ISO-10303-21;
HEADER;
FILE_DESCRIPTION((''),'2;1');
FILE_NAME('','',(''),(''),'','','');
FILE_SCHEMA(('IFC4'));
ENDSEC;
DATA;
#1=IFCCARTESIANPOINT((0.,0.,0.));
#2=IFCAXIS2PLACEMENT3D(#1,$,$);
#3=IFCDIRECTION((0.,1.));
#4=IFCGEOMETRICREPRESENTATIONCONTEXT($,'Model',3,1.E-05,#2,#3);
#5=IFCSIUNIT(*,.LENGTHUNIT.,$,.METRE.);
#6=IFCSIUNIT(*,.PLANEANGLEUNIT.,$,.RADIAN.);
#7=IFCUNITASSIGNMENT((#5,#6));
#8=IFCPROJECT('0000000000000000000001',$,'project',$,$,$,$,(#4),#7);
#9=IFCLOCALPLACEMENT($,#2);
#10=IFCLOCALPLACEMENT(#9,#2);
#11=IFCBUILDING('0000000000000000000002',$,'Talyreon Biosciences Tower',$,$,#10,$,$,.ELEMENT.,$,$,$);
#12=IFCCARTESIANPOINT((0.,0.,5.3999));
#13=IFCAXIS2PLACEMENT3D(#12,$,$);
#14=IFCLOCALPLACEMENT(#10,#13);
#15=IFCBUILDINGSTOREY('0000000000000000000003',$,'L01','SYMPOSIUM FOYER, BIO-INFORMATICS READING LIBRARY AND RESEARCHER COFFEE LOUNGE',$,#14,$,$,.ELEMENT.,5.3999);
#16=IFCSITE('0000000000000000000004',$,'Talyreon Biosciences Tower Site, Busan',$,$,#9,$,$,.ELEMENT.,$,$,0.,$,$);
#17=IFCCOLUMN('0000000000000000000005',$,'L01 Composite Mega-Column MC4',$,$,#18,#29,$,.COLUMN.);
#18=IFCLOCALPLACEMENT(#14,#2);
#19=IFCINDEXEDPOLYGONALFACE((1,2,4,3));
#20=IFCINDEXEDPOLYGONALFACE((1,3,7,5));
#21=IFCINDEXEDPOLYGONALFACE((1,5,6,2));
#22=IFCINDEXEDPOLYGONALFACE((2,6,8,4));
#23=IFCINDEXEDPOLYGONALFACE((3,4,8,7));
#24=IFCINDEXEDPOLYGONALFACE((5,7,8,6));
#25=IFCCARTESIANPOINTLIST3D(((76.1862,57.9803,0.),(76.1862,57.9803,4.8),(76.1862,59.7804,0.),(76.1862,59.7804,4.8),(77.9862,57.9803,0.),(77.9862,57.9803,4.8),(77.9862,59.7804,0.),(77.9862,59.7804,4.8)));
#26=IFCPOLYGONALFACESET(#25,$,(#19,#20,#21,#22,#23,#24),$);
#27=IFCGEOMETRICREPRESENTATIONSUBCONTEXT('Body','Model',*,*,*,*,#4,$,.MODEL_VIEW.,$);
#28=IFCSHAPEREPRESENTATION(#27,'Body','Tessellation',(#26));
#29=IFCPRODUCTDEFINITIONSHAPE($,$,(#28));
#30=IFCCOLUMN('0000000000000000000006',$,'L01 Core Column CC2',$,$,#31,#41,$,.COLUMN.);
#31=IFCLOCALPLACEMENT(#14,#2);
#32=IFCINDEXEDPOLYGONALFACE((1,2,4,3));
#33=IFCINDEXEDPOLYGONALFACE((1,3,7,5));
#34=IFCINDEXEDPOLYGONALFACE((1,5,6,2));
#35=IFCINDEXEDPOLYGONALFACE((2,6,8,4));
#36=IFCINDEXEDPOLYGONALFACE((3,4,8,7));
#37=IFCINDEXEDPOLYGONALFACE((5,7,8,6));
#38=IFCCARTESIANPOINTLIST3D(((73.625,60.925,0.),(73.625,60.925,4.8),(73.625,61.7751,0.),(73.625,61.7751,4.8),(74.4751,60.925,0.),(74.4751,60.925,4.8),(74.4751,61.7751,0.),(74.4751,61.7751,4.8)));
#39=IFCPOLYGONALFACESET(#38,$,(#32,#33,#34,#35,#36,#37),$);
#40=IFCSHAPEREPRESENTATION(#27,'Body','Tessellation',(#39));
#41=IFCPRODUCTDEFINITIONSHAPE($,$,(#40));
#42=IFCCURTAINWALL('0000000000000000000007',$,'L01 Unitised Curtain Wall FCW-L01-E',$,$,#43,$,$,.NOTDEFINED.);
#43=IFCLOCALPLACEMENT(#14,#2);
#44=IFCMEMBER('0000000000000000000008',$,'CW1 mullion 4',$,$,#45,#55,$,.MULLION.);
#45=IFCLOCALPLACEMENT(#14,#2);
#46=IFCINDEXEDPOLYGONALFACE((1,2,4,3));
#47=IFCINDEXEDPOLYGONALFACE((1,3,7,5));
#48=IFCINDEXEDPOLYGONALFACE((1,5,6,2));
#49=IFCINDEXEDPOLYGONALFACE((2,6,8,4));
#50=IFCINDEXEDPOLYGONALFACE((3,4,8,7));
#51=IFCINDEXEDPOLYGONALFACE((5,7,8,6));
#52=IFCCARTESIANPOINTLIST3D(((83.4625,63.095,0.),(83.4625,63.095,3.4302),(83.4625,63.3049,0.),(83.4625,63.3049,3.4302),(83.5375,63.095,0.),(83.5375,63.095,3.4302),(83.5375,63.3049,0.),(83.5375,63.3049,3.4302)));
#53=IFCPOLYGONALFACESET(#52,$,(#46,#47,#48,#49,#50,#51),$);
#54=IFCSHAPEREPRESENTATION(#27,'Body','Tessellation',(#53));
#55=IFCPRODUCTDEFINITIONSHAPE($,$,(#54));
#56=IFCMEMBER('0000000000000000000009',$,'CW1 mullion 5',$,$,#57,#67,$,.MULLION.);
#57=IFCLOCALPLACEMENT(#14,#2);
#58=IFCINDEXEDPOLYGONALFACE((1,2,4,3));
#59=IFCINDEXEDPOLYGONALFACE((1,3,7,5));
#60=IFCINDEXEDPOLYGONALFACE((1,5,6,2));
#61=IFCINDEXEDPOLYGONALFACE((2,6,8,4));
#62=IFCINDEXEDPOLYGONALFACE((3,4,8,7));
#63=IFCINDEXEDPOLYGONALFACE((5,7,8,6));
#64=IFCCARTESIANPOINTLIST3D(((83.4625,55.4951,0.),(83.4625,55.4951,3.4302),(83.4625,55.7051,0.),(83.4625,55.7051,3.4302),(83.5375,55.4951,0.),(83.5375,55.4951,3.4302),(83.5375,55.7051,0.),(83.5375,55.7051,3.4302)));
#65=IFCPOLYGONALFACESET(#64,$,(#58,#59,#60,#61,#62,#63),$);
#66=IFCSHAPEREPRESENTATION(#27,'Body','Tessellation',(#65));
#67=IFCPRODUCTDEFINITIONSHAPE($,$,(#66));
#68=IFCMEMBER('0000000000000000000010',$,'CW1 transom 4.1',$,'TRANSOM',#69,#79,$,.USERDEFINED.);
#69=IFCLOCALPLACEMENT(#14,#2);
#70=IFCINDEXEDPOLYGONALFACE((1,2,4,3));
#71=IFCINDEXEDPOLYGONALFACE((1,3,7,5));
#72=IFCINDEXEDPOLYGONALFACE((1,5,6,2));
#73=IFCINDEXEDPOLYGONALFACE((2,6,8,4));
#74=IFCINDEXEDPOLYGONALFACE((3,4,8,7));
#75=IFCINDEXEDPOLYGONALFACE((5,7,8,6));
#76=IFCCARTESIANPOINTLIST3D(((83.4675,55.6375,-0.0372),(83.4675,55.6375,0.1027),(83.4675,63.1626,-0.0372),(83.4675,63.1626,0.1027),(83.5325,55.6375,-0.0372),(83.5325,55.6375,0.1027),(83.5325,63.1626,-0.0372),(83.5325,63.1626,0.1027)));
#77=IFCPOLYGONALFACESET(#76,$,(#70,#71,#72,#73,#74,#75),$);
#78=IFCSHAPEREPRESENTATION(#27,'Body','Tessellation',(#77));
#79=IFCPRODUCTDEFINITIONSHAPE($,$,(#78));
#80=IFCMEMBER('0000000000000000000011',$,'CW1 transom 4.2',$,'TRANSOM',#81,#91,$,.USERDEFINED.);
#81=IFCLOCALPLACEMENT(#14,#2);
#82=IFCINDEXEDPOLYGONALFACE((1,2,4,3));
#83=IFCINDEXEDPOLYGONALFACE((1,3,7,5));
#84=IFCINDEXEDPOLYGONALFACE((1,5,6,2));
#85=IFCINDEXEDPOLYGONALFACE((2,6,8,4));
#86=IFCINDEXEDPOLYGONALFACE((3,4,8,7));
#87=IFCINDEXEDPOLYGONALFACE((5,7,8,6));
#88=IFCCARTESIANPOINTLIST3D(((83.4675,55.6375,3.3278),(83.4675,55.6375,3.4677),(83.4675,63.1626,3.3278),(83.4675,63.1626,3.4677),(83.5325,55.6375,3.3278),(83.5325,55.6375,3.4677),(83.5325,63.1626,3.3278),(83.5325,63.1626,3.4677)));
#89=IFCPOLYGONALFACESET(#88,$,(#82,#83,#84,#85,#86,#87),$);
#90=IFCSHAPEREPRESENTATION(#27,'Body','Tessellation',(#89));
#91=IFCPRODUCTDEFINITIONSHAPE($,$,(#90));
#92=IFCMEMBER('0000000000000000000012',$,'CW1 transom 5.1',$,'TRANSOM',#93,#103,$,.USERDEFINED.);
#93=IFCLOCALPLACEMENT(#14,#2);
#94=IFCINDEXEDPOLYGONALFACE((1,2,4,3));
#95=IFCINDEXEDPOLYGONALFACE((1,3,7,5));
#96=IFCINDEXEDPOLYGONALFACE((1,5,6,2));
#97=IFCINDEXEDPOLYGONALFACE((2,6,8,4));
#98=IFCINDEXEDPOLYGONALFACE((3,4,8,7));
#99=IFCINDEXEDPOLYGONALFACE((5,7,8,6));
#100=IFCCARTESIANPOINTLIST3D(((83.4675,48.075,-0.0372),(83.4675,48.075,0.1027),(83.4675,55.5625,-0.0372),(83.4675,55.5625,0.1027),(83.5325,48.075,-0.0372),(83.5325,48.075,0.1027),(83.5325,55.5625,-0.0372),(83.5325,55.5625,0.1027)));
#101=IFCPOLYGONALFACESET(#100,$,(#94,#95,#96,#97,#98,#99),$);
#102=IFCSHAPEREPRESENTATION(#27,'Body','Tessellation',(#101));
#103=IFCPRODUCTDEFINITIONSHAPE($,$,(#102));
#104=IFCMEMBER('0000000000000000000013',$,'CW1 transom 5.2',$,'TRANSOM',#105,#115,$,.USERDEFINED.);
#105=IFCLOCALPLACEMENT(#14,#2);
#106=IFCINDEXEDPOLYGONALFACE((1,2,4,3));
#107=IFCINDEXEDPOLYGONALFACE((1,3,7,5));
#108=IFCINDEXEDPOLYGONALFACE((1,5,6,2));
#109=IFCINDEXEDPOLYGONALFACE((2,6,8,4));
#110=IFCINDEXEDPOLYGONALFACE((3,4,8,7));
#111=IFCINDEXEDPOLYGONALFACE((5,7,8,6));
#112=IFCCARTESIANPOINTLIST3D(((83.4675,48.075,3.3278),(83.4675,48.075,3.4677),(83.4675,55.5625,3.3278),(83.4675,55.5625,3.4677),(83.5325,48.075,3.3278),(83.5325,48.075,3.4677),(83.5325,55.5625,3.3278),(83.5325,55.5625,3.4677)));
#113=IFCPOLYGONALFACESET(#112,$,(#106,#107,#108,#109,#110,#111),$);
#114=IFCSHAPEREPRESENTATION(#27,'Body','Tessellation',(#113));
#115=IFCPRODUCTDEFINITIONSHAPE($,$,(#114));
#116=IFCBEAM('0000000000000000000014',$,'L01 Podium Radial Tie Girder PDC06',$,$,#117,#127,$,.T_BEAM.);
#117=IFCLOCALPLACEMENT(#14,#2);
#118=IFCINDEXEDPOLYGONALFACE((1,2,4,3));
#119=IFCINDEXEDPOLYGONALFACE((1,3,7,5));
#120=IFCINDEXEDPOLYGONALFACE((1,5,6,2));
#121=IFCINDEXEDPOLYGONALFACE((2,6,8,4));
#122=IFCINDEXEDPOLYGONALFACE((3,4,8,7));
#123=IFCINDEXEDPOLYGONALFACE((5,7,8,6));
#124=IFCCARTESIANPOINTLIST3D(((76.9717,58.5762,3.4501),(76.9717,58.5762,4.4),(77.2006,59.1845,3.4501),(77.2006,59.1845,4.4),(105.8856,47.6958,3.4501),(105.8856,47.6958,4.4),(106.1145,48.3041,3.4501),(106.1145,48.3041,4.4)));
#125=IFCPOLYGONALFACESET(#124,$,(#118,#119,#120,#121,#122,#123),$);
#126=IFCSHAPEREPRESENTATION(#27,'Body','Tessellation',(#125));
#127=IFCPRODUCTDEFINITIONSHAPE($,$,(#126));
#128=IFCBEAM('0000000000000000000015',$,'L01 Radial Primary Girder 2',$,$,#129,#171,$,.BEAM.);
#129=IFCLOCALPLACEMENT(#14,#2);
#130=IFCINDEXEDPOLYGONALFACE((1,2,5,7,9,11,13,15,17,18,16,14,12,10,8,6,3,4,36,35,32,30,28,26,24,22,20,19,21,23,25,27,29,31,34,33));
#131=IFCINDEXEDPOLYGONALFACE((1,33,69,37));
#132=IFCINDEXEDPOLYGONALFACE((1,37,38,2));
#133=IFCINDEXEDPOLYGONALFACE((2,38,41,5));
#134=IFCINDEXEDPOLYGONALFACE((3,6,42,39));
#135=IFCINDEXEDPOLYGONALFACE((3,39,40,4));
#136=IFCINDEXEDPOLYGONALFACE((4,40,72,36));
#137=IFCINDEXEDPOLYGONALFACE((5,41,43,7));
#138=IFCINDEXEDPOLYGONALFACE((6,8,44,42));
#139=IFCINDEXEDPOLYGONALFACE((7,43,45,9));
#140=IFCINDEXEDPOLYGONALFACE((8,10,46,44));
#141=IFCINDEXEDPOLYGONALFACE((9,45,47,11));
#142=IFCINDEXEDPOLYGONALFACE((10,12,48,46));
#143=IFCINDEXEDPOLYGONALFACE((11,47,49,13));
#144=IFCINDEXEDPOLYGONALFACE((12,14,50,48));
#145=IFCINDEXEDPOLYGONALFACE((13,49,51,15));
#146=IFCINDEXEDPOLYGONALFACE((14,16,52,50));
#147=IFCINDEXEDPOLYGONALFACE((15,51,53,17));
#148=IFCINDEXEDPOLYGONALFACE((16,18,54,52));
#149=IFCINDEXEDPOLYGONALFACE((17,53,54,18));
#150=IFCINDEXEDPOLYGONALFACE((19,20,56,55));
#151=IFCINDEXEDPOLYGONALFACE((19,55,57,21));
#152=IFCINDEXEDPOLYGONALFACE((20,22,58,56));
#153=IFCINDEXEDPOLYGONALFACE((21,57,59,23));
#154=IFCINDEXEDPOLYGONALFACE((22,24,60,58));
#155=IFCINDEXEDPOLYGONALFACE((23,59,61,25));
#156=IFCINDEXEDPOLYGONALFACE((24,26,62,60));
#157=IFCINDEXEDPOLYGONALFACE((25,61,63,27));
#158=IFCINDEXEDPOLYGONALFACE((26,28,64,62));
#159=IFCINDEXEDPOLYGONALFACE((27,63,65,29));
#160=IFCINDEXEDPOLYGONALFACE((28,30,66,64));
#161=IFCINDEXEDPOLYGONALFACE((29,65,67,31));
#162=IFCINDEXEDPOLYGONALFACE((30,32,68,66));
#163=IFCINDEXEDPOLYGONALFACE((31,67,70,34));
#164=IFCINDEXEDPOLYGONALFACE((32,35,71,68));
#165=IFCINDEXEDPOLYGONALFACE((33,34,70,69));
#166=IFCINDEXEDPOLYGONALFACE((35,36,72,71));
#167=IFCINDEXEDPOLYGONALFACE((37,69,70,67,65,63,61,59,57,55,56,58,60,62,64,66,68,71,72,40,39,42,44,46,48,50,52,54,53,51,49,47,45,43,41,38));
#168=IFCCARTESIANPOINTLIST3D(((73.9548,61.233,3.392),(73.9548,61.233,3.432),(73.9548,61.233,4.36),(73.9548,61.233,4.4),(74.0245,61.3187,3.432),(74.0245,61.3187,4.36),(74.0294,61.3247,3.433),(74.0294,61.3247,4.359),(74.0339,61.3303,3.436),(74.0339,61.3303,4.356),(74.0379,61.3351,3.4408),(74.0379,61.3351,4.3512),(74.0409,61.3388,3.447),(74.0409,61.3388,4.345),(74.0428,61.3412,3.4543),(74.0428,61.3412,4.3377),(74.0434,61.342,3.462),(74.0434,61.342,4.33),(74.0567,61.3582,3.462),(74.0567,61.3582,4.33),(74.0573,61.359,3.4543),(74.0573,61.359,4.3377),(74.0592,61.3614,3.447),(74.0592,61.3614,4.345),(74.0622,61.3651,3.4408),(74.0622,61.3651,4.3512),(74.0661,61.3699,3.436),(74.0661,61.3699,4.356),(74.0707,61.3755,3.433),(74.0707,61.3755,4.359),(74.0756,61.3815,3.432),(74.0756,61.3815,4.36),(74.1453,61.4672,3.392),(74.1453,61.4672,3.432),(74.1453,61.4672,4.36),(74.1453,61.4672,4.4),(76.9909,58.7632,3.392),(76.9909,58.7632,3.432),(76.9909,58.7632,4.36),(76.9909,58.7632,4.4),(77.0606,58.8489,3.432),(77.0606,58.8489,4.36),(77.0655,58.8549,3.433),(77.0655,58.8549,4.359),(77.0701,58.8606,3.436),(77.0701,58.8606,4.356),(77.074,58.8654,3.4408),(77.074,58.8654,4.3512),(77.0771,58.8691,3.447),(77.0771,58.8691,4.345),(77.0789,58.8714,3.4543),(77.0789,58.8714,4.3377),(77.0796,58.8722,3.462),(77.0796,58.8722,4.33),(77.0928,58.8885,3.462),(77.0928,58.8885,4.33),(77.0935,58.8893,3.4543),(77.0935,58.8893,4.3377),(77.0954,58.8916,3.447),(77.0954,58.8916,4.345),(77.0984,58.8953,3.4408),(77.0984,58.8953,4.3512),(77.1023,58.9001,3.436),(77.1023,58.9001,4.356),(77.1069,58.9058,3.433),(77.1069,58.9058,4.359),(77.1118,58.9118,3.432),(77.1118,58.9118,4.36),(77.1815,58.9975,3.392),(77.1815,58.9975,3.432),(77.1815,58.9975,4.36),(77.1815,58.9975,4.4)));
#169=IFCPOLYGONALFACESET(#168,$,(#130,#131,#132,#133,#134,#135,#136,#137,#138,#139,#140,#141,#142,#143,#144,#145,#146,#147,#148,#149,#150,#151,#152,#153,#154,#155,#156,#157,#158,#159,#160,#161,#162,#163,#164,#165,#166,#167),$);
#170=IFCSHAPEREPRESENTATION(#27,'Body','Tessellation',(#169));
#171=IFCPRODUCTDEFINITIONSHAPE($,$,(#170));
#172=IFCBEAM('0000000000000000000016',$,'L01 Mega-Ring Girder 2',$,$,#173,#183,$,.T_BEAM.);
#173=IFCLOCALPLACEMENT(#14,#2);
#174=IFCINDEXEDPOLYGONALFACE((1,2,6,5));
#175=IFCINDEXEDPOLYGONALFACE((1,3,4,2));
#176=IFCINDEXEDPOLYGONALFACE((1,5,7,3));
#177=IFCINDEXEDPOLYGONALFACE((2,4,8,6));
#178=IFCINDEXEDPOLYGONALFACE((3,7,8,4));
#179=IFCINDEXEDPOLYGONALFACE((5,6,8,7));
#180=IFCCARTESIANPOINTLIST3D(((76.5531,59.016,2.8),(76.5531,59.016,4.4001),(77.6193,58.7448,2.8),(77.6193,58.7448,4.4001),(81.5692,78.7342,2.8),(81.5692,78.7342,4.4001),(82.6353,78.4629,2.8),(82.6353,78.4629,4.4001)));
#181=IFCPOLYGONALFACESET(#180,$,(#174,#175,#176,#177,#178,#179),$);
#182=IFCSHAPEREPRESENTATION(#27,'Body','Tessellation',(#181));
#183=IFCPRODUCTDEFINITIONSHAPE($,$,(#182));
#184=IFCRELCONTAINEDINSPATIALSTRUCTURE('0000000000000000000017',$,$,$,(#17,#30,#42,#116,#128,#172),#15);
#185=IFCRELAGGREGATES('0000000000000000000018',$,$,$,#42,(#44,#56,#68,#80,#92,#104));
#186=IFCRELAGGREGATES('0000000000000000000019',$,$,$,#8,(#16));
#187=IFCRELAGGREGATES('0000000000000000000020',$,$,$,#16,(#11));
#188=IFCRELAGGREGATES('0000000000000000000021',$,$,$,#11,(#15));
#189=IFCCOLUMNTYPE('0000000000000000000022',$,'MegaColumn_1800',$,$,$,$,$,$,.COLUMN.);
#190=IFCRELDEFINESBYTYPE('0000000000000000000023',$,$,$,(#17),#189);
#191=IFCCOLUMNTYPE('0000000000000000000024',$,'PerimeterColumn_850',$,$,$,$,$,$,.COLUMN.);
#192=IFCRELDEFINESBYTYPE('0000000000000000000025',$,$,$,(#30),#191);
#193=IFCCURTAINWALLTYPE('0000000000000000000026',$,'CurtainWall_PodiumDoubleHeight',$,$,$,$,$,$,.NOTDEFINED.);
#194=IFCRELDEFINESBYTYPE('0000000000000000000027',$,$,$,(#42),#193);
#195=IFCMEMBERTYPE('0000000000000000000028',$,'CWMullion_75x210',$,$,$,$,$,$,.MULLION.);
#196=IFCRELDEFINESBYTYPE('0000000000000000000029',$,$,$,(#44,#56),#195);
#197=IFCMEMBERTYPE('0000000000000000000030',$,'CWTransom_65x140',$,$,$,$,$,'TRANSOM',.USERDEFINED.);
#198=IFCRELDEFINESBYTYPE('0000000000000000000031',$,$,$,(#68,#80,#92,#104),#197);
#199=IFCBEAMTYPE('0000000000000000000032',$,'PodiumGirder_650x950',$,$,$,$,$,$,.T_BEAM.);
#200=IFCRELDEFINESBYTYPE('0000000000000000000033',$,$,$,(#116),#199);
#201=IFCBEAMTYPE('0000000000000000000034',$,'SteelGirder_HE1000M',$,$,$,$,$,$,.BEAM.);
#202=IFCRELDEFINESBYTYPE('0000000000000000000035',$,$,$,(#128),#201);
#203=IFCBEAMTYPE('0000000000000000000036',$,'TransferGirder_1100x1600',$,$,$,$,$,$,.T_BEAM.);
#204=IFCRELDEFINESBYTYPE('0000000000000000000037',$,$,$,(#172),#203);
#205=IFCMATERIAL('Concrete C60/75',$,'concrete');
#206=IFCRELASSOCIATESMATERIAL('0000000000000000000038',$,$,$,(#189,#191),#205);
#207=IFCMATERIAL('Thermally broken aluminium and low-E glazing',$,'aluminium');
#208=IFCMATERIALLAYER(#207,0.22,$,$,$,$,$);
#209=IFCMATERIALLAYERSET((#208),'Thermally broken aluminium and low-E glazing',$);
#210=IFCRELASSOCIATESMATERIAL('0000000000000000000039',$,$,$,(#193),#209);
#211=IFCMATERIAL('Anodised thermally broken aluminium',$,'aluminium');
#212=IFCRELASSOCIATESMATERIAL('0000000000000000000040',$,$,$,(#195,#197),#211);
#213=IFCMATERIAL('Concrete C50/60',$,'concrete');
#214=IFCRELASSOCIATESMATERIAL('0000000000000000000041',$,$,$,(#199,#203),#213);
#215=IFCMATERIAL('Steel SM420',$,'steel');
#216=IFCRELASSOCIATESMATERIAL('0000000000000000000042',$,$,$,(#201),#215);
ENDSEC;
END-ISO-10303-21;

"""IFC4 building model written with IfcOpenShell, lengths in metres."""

from ifc_helpers import new_model, si_unit, direction, frame, origin, origin_2d, place, context, subcontext, project, spatial, rectangle, i_section, extrude, material, layer, layer_set, material_profile, profile_set, type_object, element, aggregate, save


model = new_model("IFC4")

# Units and contexts
model_context = context("Model", 3, precision=1e-05, world=origin(), true_north=direction((0.0, 1.0)))
body_context = subcontext(model_context, "Body", "Model", "MODEL_VIEW")
ifc_project = project(units=[si_unit("LENGTHUNIT", "METRE"), si_unit("PLANEANGLEUNIT", "RADIAN")], contexts=[model_context])

# Site, building, storey
site_placement = place(None, origin())
site = spatial("IfcSite", under=ifc_project, at=site_placement, Name="Talyreon Biosciences Tower Site, Busan", CompositionType="ELEMENT", RefElevation=0.0)
building_placement = place(site_placement, origin())
building = spatial("IfcBuilding", under=site, at=building_placement, Name="Talyreon Biosciences Tower", CompositionType="ELEMENT")
storey_placement = place(building_placement, frame((0.0, 0.0, 5.3999)))
storey = spatial("IfcBuildingStorey", under=building, at=storey_placement, Name="L01", Description="SYMPOSIUM FOYER, BIO-INFORMATICS READING LIBRARY AND RESEARCHER COFFEE LOUNGE", CompositionType="ELEMENT", Elevation=5.3999)

# Columns
ifc_material_1 = material(Name="Concrete C60/75", Category="concrete")
ifc_material_profile_1 = material_profile(ifc_material_1, rectangle(XDim=1.8, YDim=1.8, at=origin_2d()), Name="RC 1800x1800")
ifc_profile_set_1 = profile_set([ifc_material_profile_1], Name="Concrete C60/75")
column_type_1 = type_object("IfcColumnType", Name="MegaColumn_1800", PredefinedType="COLUMN", material=ifc_profile_set_1)
column_1_placement = place(storey_placement, frame((77.0862, 58.8804, 0.0), z_axis=(0.0, 0.0, 1.0), x_axis=(1.0, 0.0, 0.0)))
element("IfcColumn", 1, at=column_1_placement, inside=storey, type_object=column_type_1, Name="L01 Composite Mega-Column MC4", PredefinedType="COLUMN", context=body_context, shape_type="SweptSolid", body=[
    extrude(rectangle(XDim=1.8, YDim=1.8, at=origin_2d()), origin(), (0.0, 0.0, 1.0), 4.8),
])
ifc_material_profile_2 = material_profile(ifc_material_1, rectangle(XDim=0.8501, YDim=0.8501, at=origin_2d()), Name="RC 850x850")
ifc_profile_set_2 = profile_set([ifc_material_profile_2], Name="Concrete C60/75")
column_type_2 = type_object("IfcColumnType", Name="PerimeterColumn_850", PredefinedType="COLUMN", material=ifc_profile_set_2)
column_2_placement = place(storey_placement, frame((74.05, 61.3501, 0.0), z_axis=(0.0, 0.0, 1.0), x_axis=(1.0, 0.0, 0.0)))
element("IfcColumn", 2, at=column_2_placement, inside=storey, type_object=column_type_2, Name="L01 Core Column CC2", PredefinedType="COLUMN", context=body_context, shape_type="SweptSolid", body=[
    extrude(rectangle(XDim=0.8501, YDim=0.8501, at=origin_2d()), origin(), (0.0, 0.0, 1.0), 4.8),
])

# Curtain wall, members
ifc_material_2 = material(Name="Thermally broken aluminium and low-E glazing", Category="aluminium")
ifc_layer_1 = layer(ifc_material_2, 0.22)
ifc_layer_set_1 = layer_set([ifc_layer_1], Name="Thermally broken aluminium and low-E glazing")
curtain_wall_type = type_object("IfcCurtainWallType", Name="CurtainWall_PodiumDoubleHeight", PredefinedType="NOTDEFINED", material=ifc_layer_set_1)
curtain_wall_placement = place(storey_placement, origin())
curtain_wall = element("IfcCurtainWall", 3, at=curtain_wall_placement, inside=storey, type_object=curtain_wall_type, Name="L01 Unitised Curtain Wall FCW-L01-E", PredefinedType="NOTDEFINED")
ifc_material_3 = material(Name="Anodised thermally broken aluminium", Category="aluminium")
ifc_material_profile_3 = material_profile(ifc_material_3, rectangle(XDim=0.075, YDim=0.21, at=origin_2d()), Name="ALUM MULLION 75x210")
ifc_profile_set_3 = profile_set([ifc_material_profile_3], Name="Anodised thermally broken aluminium")
member_type_1 = type_object("IfcMemberType", Name="CWMullion_75x210", PredefinedType="MULLION", material=ifc_profile_set_3)
member_1_placement = place(storey_placement, frame((83.5, 63.2, 0.0), z_axis=(0.0, 0.0, 1.0), x_axis=(1.0, 0.0, 0.0)))
member_1 = element("IfcMember", 4, at=member_1_placement, type_object=member_type_1, Name="CW1 mullion 4", PredefinedType="MULLION", context=body_context, shape_type="SweptSolid", body=[
    extrude(rectangle(XDim=0.075, YDim=0.21, at=origin_2d()), origin(), (0.0, 0.0, 1.0), 3.4302),
])
member_2_placement = place(storey_placement, frame((83.5, 55.6001, 0.0), z_axis=(0.0, 0.0, 1.0), x_axis=(1.0, 0.0, 0.0)))
member_2 = element("IfcMember", 5, at=member_2_placement, type_object=member_type_1, Name="CW1 mullion 5", PredefinedType="MULLION", context=body_context, shape_type="SweptSolid", body=[
    extrude(rectangle(XDim=0.075, YDim=0.21, at=origin_2d()), origin(), (0.0, 0.0, 1.0), 3.4302),
])
ifc_material_profile_4 = material_profile(ifc_material_3, rectangle(XDim=0.0649, YDim=0.1399, at=origin_2d()), Name="ALUM TRANSOM 65x140")
ifc_profile_set_4 = profile_set([ifc_material_profile_4], Name="Anodised thermally broken aluminium")
member_type_2 = type_object("IfcMemberType", Name="CWTransom_65x140", ElementType="TRANSOM", PredefinedType="USERDEFINED", material=ifc_profile_set_4)
member_3_placement = place(storey_placement, frame((83.5, 63.1626, 0.0327), z_axis=(0.0, -1.0, 0.0), x_axis=(1.0, 0.0, 0.0)))
member_3 = element("IfcMember", 6, at=member_3_placement, type_object=member_type_2, Name="CW1 transom 4.1", ObjectType="TRANSOM", PredefinedType="USERDEFINED", context=body_context, shape_type="SweptSolid", body=[
    extrude(rectangle(XDim=0.0649, YDim=0.1399, at=origin_2d()), origin(), (0.0, 0.0, 1.0), 7.5251),
])
member_4_placement = place(storey_placement, frame((83.5, 63.1626, 3.3977), z_axis=(0.0, -1.0, 0.0), x_axis=(1.0, 0.0, 0.0)))
member_4 = element("IfcMember", 7, at=member_4_placement, type_object=member_type_2, Name="CW1 transom 4.2", ObjectType="TRANSOM", PredefinedType="USERDEFINED", context=body_context, shape_type="SweptSolid", body=[
    extrude(rectangle(XDim=0.0649, YDim=0.1399, at=origin_2d()), origin(), (0.0, 0.0, 1.0), 7.5251),
])
member_5_placement = place(storey_placement, frame((83.5, 55.5625, 0.0327), z_axis=(0.0, -1.0, 0.0), x_axis=(1.0, 0.0, 0.0)))
member_5 = element("IfcMember", 8, at=member_5_placement, type_object=member_type_2, Name="CW1 transom 5.1", ObjectType="TRANSOM", PredefinedType="USERDEFINED", context=body_context, shape_type="SweptSolid", body=[
    extrude(rectangle(XDim=0.0649, YDim=0.1399, at=origin_2d()), origin(), (0.0, 0.0, 1.0), 7.4875),
])
member_6_placement = place(storey_placement, frame((83.5, 55.5625, 3.3977), z_axis=(0.0, -1.0, 0.0), x_axis=(1.0, 0.0, 0.0)))
member_6 = element("IfcMember", 9, at=member_6_placement, type_object=member_type_2, Name="CW1 transom 5.2", ObjectType="TRANSOM", PredefinedType="USERDEFINED", context=body_context, shape_type="SweptSolid", body=[
    extrude(rectangle(XDim=0.0649, YDim=0.1399, at=origin_2d()), origin(), (0.0, 0.0, 1.0), 7.4875),
])

# Beams
ifc_material_4 = material(Name="Concrete C50/60", Category="concrete")
ifc_material_profile_5 = material_profile(ifc_material_4, rectangle(XDim=0.6499, YDim=0.95, at=origin_2d()), Name="RCB 650x950")
ifc_profile_set_5 = profile_set([ifc_material_profile_5], Name="Concrete C50/60")
beam_type_1 = type_object("IfcBeamType", Name="PodiumGirder_650x950", PredefinedType="T_BEAM", material=ifc_profile_set_5)
beam_1_placement = place(storey_placement, frame((77.0862, 58.8804, 3.925), z_axis=(0.935927, -0.352193, 0.0), x_axis=(0.352193, 0.935927, 0.0)))
element("IfcBeam", 10, at=beam_1_placement, inside=storey, type_object=beam_type_1, Name="L01 Podium Radial Tie Girder PDC06", PredefinedType="T_BEAM", context=body_context, shape_type="SweptSolid", body=[
    extrude(rectangle(XDim=0.6499, YDim=0.95, at=origin_2d()), origin(), (0.0, 0.0, 1.0), 30.8933),
])
ifc_material_5 = material(Name="Steel SM420", Category="steel")
ifc_material_profile_6 = material_profile(ifc_material_5, i_section(OverallWidth=0.302, OverallDepth=1.0081, WebThickness=0.021, FlangeThickness=0.04, FilletRadius=0.03, at=origin_2d()), Name="HE1000M")
ifc_profile_set_6 = profile_set([ifc_material_profile_6], Name="Steel SM420")
beam_type_2 = type_object("IfcBeamType", Name="SteelGirder_HE1000M", PredefinedType="BEAM", material=ifc_profile_set_6)
beam_2_placement = place(storey_placement, frame((74.05, 61.3501, 3.896), z_axis=(0.775755, -0.631034, 0.0), x_axis=(0.631034, 0.775755, 0.0)))
element("IfcBeam", 11, at=beam_2_placement, inside=storey, type_object=beam_type_2, Name="L01 Radial Primary Girder 2", PredefinedType="BEAM", context=body_context, shape_type="SweptSolid", body=[
    extrude(i_section(OverallWidth=0.302, OverallDepth=1.0081, WebThickness=0.021, FlangeThickness=0.04, FilletRadius=0.03, at=origin_2d()), origin(), (0.0, 0.0, 1.0), 3.9138),
])
ifc_material_profile_7 = material_profile(ifc_material_4, rectangle(XDim=1.1001, YDim=1.6001, at=origin_2d()), Name="RCB 1100x1600")
ifc_profile_set_7 = profile_set([ifc_material_profile_7], Name="Concrete C50/60")
beam_type_3 = type_object("IfcBeamType", Name="TransferGirder_1100x1600", PredefinedType="T_BEAM", material=ifc_profile_set_7)
beam_3_placement = place(storey_placement, frame((77.0862, 58.8804, 3.6001), z_axis=(0.246537, 0.969133, 0.0), x_axis=(-0.969133, 0.246537, 0.0)))
element("IfcBeam", 12, at=beam_3_placement, inside=storey, type_object=beam_type_3, Name="L01 Mega-Ring Girder 2", PredefinedType="T_BEAM", context=body_context, shape_type="SweptSolid", body=[
    extrude(rectangle(XDim=1.1001, YDim=1.6001, at=origin_2d()), origin(), (0.0, 0.0, 1.0), 20.3462),
])

aggregate(curtain_wall, [member_1, member_2, member_3, member_4, member_5, member_6])

save(model, "model.ifc")
